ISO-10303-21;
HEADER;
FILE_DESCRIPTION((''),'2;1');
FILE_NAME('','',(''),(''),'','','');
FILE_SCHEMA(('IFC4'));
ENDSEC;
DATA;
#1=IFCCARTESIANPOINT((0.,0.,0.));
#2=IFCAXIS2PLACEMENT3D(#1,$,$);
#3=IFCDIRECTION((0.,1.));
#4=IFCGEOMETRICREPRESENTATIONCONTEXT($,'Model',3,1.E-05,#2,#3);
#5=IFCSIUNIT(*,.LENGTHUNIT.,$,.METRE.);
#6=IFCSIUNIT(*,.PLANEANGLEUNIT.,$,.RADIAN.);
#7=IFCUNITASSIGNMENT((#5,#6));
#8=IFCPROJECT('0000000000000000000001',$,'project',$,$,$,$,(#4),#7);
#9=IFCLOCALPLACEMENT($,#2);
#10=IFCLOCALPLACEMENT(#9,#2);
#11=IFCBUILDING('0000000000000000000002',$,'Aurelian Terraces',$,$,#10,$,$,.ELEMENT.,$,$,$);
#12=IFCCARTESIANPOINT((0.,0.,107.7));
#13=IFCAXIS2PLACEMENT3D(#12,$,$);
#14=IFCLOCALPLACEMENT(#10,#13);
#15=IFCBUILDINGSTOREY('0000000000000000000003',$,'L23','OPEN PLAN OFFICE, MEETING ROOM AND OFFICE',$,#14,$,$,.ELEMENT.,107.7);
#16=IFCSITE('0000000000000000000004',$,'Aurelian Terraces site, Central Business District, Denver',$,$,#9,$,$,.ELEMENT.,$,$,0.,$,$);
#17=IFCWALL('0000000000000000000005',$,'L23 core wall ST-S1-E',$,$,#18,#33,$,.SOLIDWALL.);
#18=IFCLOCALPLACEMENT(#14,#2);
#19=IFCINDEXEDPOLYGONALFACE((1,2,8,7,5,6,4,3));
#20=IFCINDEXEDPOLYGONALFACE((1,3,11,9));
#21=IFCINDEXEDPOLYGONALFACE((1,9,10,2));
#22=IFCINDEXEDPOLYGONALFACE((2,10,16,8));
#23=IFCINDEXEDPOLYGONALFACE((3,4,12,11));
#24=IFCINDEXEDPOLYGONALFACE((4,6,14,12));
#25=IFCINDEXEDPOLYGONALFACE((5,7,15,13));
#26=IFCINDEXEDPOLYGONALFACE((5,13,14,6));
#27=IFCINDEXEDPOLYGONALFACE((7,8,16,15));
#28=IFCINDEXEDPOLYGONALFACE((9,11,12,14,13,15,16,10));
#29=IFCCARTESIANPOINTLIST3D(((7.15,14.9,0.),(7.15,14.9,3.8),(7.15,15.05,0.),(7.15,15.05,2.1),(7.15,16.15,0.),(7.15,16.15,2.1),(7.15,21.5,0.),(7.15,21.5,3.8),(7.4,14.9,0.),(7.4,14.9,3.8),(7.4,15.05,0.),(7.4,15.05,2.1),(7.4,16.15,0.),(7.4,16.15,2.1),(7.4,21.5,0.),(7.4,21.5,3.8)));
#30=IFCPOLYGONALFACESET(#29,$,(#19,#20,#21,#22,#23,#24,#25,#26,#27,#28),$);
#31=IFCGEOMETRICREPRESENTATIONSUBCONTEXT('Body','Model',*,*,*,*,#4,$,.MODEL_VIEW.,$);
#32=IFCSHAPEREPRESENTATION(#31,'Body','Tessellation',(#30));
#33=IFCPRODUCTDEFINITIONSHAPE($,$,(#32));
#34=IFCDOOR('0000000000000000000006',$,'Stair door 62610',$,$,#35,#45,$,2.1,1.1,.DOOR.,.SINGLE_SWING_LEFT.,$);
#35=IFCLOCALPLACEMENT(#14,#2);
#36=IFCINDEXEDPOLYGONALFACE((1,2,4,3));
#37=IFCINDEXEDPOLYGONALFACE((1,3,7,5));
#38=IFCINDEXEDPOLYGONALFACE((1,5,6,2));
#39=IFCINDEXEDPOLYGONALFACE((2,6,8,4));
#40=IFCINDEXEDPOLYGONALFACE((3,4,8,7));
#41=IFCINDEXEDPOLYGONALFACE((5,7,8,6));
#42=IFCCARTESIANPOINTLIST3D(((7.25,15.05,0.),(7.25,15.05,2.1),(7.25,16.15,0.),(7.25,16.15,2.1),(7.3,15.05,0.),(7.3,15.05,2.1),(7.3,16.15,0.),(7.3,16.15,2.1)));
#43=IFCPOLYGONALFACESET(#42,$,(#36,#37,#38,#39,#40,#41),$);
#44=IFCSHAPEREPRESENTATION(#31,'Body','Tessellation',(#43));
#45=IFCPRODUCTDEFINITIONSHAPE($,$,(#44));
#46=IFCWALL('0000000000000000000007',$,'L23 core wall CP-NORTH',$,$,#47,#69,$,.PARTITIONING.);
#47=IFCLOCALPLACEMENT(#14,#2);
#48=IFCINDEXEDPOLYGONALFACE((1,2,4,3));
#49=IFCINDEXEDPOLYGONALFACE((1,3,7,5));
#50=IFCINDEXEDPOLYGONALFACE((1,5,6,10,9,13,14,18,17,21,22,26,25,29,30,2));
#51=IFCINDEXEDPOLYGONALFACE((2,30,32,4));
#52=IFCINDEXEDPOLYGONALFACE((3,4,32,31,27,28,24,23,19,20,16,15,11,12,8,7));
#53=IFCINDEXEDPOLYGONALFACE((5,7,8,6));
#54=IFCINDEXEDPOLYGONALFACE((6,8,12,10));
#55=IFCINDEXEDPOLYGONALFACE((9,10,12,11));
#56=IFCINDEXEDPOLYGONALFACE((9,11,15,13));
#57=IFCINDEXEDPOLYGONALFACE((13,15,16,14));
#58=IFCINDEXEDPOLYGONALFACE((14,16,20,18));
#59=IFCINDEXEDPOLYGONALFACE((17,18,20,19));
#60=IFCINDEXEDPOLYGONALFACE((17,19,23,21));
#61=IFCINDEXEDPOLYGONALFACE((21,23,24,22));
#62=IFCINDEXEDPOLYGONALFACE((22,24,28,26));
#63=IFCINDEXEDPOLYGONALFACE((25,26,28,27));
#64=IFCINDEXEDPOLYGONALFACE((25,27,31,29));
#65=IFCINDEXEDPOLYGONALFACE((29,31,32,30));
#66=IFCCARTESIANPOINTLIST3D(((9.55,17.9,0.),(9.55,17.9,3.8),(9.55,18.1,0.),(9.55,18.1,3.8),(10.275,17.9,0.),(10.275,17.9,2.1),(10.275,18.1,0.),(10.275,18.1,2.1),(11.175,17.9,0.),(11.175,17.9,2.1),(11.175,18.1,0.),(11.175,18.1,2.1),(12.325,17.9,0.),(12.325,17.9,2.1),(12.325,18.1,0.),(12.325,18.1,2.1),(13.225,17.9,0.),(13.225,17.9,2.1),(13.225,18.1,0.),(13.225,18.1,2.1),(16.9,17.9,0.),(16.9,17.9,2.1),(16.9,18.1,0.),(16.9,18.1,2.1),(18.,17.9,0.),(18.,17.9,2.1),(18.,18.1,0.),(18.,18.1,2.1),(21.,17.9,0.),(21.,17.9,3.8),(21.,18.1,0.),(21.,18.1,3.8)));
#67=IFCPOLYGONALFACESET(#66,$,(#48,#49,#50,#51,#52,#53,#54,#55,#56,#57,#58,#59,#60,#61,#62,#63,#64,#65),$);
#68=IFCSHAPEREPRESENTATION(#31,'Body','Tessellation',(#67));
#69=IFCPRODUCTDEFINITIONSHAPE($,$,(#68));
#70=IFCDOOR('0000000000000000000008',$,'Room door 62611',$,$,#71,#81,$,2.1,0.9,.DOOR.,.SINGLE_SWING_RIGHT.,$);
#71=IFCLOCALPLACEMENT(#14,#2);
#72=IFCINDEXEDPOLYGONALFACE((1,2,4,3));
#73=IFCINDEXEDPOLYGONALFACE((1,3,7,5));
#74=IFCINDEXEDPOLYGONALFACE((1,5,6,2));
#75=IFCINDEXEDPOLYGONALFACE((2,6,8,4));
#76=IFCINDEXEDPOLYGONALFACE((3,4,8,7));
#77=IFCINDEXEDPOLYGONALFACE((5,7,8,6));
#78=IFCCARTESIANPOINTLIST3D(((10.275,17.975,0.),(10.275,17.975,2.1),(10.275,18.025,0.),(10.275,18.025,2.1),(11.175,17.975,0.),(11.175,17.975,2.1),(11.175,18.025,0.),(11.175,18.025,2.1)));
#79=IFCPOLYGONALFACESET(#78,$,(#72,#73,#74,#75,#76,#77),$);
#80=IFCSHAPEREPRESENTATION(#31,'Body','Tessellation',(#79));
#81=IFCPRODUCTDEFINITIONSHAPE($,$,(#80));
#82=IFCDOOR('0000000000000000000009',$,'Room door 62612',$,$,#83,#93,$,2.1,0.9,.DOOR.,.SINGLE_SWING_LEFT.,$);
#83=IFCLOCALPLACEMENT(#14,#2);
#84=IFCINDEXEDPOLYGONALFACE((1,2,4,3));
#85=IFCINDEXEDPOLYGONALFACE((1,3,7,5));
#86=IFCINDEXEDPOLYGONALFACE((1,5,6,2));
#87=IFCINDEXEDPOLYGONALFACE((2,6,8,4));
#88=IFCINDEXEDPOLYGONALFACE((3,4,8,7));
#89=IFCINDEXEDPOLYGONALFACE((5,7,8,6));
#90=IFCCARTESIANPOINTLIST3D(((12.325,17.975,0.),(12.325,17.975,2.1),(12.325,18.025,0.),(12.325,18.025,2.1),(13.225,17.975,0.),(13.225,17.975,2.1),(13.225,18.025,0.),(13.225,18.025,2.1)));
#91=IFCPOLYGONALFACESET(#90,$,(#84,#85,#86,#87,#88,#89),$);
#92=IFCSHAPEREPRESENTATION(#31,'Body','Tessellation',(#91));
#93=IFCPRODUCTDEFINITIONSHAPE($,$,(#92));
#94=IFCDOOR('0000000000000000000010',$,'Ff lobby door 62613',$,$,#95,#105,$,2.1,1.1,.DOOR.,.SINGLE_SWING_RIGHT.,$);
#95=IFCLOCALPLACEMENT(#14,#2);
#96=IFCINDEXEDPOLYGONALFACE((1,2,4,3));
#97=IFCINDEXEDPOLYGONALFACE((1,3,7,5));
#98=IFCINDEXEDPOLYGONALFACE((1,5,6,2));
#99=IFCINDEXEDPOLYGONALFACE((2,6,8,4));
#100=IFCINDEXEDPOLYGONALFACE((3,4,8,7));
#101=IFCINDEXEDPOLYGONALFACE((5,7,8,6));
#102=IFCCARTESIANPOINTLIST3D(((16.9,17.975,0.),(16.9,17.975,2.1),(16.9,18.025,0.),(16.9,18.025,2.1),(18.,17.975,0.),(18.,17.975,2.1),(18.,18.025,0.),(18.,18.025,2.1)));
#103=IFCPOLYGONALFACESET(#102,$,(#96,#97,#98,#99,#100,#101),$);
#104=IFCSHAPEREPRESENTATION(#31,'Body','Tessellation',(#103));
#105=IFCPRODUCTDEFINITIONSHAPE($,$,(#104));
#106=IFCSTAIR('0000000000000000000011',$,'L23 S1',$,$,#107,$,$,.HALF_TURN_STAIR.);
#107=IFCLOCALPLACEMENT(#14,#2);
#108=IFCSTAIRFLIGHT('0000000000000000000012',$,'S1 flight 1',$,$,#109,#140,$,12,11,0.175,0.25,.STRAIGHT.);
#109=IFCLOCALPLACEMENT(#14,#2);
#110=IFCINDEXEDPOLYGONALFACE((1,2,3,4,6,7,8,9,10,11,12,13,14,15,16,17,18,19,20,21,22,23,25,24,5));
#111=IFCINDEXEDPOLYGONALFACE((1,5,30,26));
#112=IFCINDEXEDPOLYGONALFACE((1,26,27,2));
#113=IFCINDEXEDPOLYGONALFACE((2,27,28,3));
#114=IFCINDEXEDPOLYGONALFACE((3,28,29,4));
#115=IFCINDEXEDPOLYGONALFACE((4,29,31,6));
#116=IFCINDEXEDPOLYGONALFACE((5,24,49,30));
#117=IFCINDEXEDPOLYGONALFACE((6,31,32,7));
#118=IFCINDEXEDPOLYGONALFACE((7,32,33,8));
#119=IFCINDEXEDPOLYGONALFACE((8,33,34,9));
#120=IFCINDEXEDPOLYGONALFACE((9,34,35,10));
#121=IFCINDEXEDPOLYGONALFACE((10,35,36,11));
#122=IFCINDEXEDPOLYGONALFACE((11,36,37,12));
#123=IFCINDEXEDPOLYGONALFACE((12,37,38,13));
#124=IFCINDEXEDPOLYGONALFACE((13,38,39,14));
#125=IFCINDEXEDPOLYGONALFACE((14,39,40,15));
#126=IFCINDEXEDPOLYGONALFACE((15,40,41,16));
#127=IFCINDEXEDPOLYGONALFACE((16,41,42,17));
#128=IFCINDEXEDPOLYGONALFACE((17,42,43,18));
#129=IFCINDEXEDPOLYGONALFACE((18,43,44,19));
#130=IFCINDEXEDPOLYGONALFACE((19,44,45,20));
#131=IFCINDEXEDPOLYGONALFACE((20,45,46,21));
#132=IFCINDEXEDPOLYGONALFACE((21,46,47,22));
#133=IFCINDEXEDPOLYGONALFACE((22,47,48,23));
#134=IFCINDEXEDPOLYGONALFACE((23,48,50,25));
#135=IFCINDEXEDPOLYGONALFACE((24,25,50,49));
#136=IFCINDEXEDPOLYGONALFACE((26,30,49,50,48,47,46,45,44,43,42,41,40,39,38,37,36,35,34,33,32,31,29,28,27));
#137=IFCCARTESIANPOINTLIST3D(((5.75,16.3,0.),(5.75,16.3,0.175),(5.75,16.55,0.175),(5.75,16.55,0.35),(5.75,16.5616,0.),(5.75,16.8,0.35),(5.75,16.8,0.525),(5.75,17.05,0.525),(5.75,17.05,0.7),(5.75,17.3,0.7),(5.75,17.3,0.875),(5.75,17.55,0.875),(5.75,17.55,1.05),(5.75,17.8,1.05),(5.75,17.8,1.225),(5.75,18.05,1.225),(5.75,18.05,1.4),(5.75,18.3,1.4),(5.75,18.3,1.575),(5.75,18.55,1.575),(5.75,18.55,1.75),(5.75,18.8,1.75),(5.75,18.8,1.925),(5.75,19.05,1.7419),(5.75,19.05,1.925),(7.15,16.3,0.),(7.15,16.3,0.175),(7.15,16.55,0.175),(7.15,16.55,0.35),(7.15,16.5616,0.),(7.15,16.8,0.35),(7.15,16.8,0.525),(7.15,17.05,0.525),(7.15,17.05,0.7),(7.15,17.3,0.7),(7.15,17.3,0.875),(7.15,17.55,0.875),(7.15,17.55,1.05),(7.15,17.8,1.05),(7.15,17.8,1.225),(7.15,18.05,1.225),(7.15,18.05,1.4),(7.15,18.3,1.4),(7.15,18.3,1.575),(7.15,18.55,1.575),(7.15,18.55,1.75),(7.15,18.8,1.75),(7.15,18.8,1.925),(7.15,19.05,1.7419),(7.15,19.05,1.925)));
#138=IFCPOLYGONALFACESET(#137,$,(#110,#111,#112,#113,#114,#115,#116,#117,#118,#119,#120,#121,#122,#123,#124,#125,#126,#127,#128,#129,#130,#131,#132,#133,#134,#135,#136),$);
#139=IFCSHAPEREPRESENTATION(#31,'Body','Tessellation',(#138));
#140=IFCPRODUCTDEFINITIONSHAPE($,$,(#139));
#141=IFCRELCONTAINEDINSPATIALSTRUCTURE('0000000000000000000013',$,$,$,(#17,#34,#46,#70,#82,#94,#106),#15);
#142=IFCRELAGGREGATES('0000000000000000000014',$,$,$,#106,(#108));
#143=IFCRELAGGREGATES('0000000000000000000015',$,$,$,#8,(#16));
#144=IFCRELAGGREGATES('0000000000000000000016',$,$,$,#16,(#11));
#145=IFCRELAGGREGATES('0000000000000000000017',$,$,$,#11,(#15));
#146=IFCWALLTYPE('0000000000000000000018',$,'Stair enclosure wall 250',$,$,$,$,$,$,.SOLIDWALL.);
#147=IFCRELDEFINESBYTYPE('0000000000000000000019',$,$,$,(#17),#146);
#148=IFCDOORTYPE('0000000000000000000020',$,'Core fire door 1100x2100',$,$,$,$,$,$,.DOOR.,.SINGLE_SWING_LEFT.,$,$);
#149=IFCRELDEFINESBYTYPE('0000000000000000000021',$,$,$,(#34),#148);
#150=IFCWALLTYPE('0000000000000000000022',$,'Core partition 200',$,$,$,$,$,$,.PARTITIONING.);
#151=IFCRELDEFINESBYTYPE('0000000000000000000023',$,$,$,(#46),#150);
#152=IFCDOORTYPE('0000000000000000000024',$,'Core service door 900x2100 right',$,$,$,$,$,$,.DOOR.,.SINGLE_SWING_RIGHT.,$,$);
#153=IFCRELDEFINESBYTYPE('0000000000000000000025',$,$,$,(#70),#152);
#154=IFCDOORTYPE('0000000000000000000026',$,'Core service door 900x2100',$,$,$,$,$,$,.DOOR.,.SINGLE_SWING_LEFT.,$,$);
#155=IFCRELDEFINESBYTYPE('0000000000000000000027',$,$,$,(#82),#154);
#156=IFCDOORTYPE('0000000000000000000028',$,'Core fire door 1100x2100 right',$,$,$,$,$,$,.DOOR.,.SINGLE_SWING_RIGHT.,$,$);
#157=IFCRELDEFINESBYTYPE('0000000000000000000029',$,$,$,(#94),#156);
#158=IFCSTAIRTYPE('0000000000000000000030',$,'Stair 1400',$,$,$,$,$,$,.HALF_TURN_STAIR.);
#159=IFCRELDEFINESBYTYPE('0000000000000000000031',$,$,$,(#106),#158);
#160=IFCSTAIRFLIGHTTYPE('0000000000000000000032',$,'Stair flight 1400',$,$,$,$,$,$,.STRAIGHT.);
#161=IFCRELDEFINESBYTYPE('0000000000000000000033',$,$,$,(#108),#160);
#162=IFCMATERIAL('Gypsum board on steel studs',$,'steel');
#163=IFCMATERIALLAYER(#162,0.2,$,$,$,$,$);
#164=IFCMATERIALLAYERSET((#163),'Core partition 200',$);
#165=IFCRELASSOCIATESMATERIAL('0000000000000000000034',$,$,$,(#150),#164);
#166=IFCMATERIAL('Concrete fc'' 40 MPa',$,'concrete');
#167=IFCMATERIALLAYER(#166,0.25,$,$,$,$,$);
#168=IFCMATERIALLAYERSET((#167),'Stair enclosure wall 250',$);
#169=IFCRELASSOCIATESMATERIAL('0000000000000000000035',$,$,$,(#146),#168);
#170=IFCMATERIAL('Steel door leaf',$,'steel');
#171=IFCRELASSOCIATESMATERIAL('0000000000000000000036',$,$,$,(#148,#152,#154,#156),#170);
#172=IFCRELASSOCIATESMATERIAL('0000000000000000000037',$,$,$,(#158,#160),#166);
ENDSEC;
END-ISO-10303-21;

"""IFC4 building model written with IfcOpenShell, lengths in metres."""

from ifc_helpers import new_model, si_unit, direction, frame, frame_2d, origin, place, context, subcontext, project, spatial, polyline, rectangle, outline, extrude, source, transform, mapped, material, layer, layer_set, type_object, element, fill, aggregate, save


model = new_model("IFC4")

# Units and contexts
model_context = context("Model", 3, precision=1e-05, world=origin(), true_north=direction((0.0, 1.0)))
body_context = subcontext(model_context, "Body", "Model", "MODEL_VIEW")
ifc_project = project(units=[si_unit("LENGTHUNIT", "METRE"), si_unit("PLANEANGLEUNIT", "RADIAN")], contexts=[model_context])

# Site, building, storey
site_placement = place(None, origin())
site = spatial("IfcSite", under=ifc_project, at=site_placement, Name="Aurelian Terraces site, Central Business District, Denver", CompositionType="ELEMENT", RefElevation=0.0)
building_placement = place(site_placement, origin())
building = spatial("IfcBuilding", under=site, at=building_placement, Name="Aurelian Terraces", CompositionType="ELEMENT")
storey_placement = place(building_placement, frame((0.0, 0.0, 107.7)))
storey = spatial("IfcBuildingStorey", under=building, at=storey_placement, Name="L23", Description="OPEN PLAN OFFICE, MEETING ROOM AND OFFICE", CompositionType="ELEMENT", Elevation=107.7)

# Shared definitions
ifc_material_1 = material(Name="Concrete fc' 40 MPa", Category="concrete")

# Shared definitions
shared_shape_1 = source(origin(), body_context, "Body", "SweptSolid", [
    extrude(rectangle(XDim=1.1, YDim=2.1, at=frame_2d((0.55, 1.05))), frame((0.0, 0.11, 0.0), z_axis=(0.0, -1.0, 0.0), x_axis=(1.0, 0.0, 0.0)), (0.0, 0.0, 1.0), 0.22),
])
shared_shape_2 = source(origin(), body_context, "Body", "SweptSolid", [
    extrude(rectangle(XDim=1.1, YDim=2.1, at=frame_2d((0.55, 1.05))), frame((0.0, 0.025, 0.0), z_axis=(0.0, -1.0, 0.0), x_axis=(1.0, 0.0, 0.0)), (0.0, 0.0, 1.0), 0.05),
])

# Shared definitions
ifc_material_2 = material(Name="Gypsum board on steel studs", Category="steel")
ifc_layer_1 = layer(ifc_material_2, 0.2)
ifc_layer_set_1 = layer_set([ifc_layer_1], Name="Core partition 200")
wall_type_1 = type_object("IfcWallType", Name="Core partition 200", PredefinedType="PARTITIONING", material=ifc_layer_set_1)

# Wall, opening, door
ifc_layer_2 = layer(ifc_material_1, 0.25)
ifc_layer_set_2 = layer_set([ifc_layer_2], Name="Stair enclosure wall 250")
wall_type_2 = type_object("IfcWallType", Name="Stair enclosure wall 250", PredefinedType="SOLIDWALL", material=ifc_layer_set_2)
shared_shape_3 = source(origin(), body_context, "Body", "SweptSolid", [
    extrude(rectangle(XDim=6.6, YDim=0.25, at=frame_2d((3.3, 0.0))), origin(), (0.0, 0.0, 1.0), 3.8),
])
wall_1_placement = place(storey_placement, frame((7.275, 14.9, 0.0), z_axis=(0.0, 0.0, 1.0), x_axis=(0.0, 1.0, 0.0)))
wall_1 = element("IfcWall", 1, at=wall_1_placement, inside=storey, type_object=wall_type_2, Name="L23 core wall ST-S1-E", PredefinedType="SOLIDWALL", context=body_context, shape_type="MappedRepresentation", body=[
    mapped(shared_shape_3, transform((0.0, 0.0, 0.0), scale=1.0)),
])
shared_shape_4 = source(origin(), body_context, "Body", "SweptSolid", [
    extrude(rectangle(XDim=1.1, YDim=2.1, at=frame_2d((0.55, 1.05))), frame((0.0, 0.135, 0.0), z_axis=(0.0, -1.0, 0.0), x_axis=(1.0, 0.0, 0.0)), (0.0, 0.0, 1.0), 0.27),
])
opening_1_placement = place(wall_1_placement, frame((0.15, 0.0, 0.0)))
opening_1 = element("IfcOpeningElement", 2, at=opening_1_placement, cuts=wall_1, PredefinedType="OPENING", context=body_context, shape_type="MappedRepresentation", body=[
    mapped(shared_shape_4, transform((0.0, 0.0, 0.0), scale=1.0)),
])
ifc_material_3 = material(Name="Steel door leaf", Category="steel")
door_type_1 = type_object("IfcDoorType", Name="Core fire door 1100x2100", OperationType="SINGLE_SWING_LEFT", PredefinedType="DOOR", material=ifc_material_3)
door_1_placement = place(opening_1_placement, origin())
door_1 = element("IfcDoor", 3, at=door_1_placement, inside=storey, type_object=door_type_1, Name="Stair door 62610", OperationType="SINGLE_SWING_LEFT", OverallHeight=2.1, OverallWidth=1.1, PredefinedType="DOOR", context=body_context, shape_type="MappedRepresentation", body=[
    mapped(shared_shape_2, transform((0.0, 0.0, 0.0), scale=1.0)),
])
fill(opening_1, door_1)

# Wall, openings, doors
shared_shape_5 = source(origin(), body_context, "Body", "SweptSolid", [
    extrude(rectangle(XDim=11.45, YDim=0.2, at=frame_2d((5.725, 0.0))), origin(), (0.0, 0.0, 1.0), 3.8),
])
wall_2_placement = place(storey_placement, frame((9.55, 18.0, 0.0), z_axis=(0.0, 0.0, 1.0), x_axis=(1.0, 0.0, 0.0)))
wall_2 = element("IfcWall", 4, at=wall_2_placement, inside=storey, type_object=wall_type_1, Name="L23 core wall CP-NORTH", PredefinedType="PARTITIONING", context=body_context, shape_type="MappedRepresentation", body=[
    mapped(shared_shape_5, transform((0.0, 0.0, 0.0), scale=1.0)),
])
shared_shape_6 = source(origin(), body_context, "Body", "SweptSolid", [
    extrude(rectangle(XDim=0.9, YDim=2.1, at=frame_2d((0.45, 1.05))), frame((0.0, 0.11, 0.0), z_axis=(0.0, -1.0, 0.0), x_axis=(1.0, 0.0, 0.0)), (0.0, 0.0, 1.0), 0.22),
])
opening_2_placement = place(wall_2_placement, frame((0.725, 0.0, 0.0)))
opening_2 = element("IfcOpeningElement", 5, at=opening_2_placement, cuts=wall_2, PredefinedType="OPENING", context=body_context, shape_type="MappedRepresentation", body=[
    mapped(shared_shape_6, transform((0.0, 0.0, 0.0), scale=1.0)),
])
opening_3_placement = place(wall_2_placement, frame((2.775, 0.0, 0.0)))
opening_3 = element("IfcOpeningElement", 6, at=opening_3_placement, cuts=wall_2, PredefinedType="OPENING", context=body_context, shape_type="MappedRepresentation", body=[
    mapped(shared_shape_6, transform((0.0, 0.0, 0.0), scale=1.0)),
])
opening_4_placement = place(wall_2_placement, frame((7.35, 0.0, 0.0)))
opening_4 = element("IfcOpeningElement", 7, at=opening_4_placement, cuts=wall_2, PredefinedType="OPENING", context=body_context, shape_type="MappedRepresentation", body=[
    mapped(shared_shape_1, transform((0.0, 0.0, 0.0), scale=1.0)),
])
door_type_2 = type_object("IfcDoorType", Name="Core service door 900x2100 right", OperationType="SINGLE_SWING_RIGHT", PredefinedType="DOOR", material=ifc_material_3)
shared_shape_7 = source(origin(), body_context, "Body", "SweptSolid", [
    extrude(rectangle(XDim=0.9, YDim=2.1, at=frame_2d((0.45, 1.05))), frame((0.0, 0.025, 0.0), z_axis=(0.0, -1.0, 0.0), x_axis=(1.0, 0.0, 0.0)), (0.0, 0.0, 1.0), 0.05),
])
door_2_placement = place(opening_2_placement, origin())
door_2 = element("IfcDoor", 8, at=door_2_placement, inside=storey, type_object=door_type_2, Name="Room door 62611", OperationType="SINGLE_SWING_RIGHT", OverallHeight=2.1, OverallWidth=0.9, PredefinedType="DOOR", context=body_context, shape_type="MappedRepresentation", body=[
    mapped(shared_shape_7, transform((0.0, 0.0, 0.0), scale=1.0)),
])
fill(opening_2, door_2)
door_type_3 = type_object("IfcDoorType", Name="Core service door 900x2100", OperationType="SINGLE_SWING_LEFT", PredefinedType="DOOR", material=ifc_material_3)
door_3_placement = place(opening_3_placement, origin())
door_3 = element("IfcDoor", 9, at=door_3_placement, inside=storey, type_object=door_type_3, Name="Room door 62612", OperationType="SINGLE_SWING_LEFT", OverallHeight=2.1, OverallWidth=0.9, PredefinedType="DOOR", context=body_context, shape_type="MappedRepresentation", body=[
    mapped(shared_shape_7, transform((0.0, 0.0, 0.0), scale=1.0)),
])
fill(opening_3, door_3)
door_type_4 = type_object("IfcDoorType", Name="Core fire door 1100x2100 right", OperationType="SINGLE_SWING_RIGHT", PredefinedType="DOOR", material=ifc_material_3)
door_4_placement = place(opening_4_placement, origin())
door_4 = element("IfcDoor", 10, at=door_4_placement, inside=storey, type_object=door_type_4, Name="Ff lobby door 62613", OperationType="SINGLE_SWING_RIGHT", OverallHeight=2.1, OverallWidth=1.1, PredefinedType="DOOR", context=body_context, shape_type="MappedRepresentation", body=[
    mapped(shared_shape_2, transform((0.0, 0.0, 0.0), scale=1.0)),
])
fill(opening_4, door_4)

# Stair, stair flight
stair_type = type_object("IfcStairType", Name="Stair 1400", PredefinedType="HALF_TURN_STAIR", material=ifc_material_1)
stair_placement = place(storey_placement, origin())
stair = element("IfcStair", 11, at=stair_placement, inside=storey, type_object=stair_type, Name="L23 S1", PredefinedType="HALF_TURN_STAIR")
stair_flight_type = type_object("IfcStairFlightType", Name="Stair flight 1400", PredefinedType="STRAIGHT", material=ifc_material_1)
shared_shape_8 = source(origin(), body_context, "Body", "SweptSolid", [
    extrude(outline(polyline([(0.0, 0.0), (0.0, 0.175), (0.25, 0.175), (0.25, 0.35), (0.5, 0.35), (0.5, 0.525), (0.75, 0.525), (0.75, 0.7), (1.0, 0.7), (1.0, 0.875), (1.25, 0.875), (1.25, 1.05), (1.5, 1.05), (1.5, 1.225), (1.75, 1.225), (1.75, 1.4), (2.0, 1.4), (2.0, 1.575), (2.25, 1.575), (2.25, 1.75), (2.5, 1.75), (2.5, 1.925), (2.75, 1.925), (2.75, 2.1), (2.75, 1.7419), (0.2616, 0.0), (0.0, 0.0)])), frame((0.0, 0.7, 0.0), z_axis=(0.0, -1.0, 0.0), x_axis=(1.0, 0.0, 0.0)), (0.0, 0.0, 1.0), 1.4),
])
stair_flight_1_placement = place(storey_placement, frame((6.45, 16.3, 0.0), z_axis=(0.0, 0.0, 1.0), x_axis=(0.0, 1.0, 0.0)))
stair_flight_1 = element("IfcStairFlight", 12, at=stair_flight_1_placement, type_object=stair_flight_type, Name="S1 flight 1", NumberOfRisers=12, NumberOfTreads=11, PredefinedType="STRAIGHT", RiserHeight=0.175, TreadLength=0.25, context=body_context, shape_type="MappedRepresentation", body=[
    mapped(shared_shape_8, transform((0.0, 0.0, 0.0), scale=1.0)),
])
aggregate(stair, [stair_flight_1])

save(model, "model.ifc")
